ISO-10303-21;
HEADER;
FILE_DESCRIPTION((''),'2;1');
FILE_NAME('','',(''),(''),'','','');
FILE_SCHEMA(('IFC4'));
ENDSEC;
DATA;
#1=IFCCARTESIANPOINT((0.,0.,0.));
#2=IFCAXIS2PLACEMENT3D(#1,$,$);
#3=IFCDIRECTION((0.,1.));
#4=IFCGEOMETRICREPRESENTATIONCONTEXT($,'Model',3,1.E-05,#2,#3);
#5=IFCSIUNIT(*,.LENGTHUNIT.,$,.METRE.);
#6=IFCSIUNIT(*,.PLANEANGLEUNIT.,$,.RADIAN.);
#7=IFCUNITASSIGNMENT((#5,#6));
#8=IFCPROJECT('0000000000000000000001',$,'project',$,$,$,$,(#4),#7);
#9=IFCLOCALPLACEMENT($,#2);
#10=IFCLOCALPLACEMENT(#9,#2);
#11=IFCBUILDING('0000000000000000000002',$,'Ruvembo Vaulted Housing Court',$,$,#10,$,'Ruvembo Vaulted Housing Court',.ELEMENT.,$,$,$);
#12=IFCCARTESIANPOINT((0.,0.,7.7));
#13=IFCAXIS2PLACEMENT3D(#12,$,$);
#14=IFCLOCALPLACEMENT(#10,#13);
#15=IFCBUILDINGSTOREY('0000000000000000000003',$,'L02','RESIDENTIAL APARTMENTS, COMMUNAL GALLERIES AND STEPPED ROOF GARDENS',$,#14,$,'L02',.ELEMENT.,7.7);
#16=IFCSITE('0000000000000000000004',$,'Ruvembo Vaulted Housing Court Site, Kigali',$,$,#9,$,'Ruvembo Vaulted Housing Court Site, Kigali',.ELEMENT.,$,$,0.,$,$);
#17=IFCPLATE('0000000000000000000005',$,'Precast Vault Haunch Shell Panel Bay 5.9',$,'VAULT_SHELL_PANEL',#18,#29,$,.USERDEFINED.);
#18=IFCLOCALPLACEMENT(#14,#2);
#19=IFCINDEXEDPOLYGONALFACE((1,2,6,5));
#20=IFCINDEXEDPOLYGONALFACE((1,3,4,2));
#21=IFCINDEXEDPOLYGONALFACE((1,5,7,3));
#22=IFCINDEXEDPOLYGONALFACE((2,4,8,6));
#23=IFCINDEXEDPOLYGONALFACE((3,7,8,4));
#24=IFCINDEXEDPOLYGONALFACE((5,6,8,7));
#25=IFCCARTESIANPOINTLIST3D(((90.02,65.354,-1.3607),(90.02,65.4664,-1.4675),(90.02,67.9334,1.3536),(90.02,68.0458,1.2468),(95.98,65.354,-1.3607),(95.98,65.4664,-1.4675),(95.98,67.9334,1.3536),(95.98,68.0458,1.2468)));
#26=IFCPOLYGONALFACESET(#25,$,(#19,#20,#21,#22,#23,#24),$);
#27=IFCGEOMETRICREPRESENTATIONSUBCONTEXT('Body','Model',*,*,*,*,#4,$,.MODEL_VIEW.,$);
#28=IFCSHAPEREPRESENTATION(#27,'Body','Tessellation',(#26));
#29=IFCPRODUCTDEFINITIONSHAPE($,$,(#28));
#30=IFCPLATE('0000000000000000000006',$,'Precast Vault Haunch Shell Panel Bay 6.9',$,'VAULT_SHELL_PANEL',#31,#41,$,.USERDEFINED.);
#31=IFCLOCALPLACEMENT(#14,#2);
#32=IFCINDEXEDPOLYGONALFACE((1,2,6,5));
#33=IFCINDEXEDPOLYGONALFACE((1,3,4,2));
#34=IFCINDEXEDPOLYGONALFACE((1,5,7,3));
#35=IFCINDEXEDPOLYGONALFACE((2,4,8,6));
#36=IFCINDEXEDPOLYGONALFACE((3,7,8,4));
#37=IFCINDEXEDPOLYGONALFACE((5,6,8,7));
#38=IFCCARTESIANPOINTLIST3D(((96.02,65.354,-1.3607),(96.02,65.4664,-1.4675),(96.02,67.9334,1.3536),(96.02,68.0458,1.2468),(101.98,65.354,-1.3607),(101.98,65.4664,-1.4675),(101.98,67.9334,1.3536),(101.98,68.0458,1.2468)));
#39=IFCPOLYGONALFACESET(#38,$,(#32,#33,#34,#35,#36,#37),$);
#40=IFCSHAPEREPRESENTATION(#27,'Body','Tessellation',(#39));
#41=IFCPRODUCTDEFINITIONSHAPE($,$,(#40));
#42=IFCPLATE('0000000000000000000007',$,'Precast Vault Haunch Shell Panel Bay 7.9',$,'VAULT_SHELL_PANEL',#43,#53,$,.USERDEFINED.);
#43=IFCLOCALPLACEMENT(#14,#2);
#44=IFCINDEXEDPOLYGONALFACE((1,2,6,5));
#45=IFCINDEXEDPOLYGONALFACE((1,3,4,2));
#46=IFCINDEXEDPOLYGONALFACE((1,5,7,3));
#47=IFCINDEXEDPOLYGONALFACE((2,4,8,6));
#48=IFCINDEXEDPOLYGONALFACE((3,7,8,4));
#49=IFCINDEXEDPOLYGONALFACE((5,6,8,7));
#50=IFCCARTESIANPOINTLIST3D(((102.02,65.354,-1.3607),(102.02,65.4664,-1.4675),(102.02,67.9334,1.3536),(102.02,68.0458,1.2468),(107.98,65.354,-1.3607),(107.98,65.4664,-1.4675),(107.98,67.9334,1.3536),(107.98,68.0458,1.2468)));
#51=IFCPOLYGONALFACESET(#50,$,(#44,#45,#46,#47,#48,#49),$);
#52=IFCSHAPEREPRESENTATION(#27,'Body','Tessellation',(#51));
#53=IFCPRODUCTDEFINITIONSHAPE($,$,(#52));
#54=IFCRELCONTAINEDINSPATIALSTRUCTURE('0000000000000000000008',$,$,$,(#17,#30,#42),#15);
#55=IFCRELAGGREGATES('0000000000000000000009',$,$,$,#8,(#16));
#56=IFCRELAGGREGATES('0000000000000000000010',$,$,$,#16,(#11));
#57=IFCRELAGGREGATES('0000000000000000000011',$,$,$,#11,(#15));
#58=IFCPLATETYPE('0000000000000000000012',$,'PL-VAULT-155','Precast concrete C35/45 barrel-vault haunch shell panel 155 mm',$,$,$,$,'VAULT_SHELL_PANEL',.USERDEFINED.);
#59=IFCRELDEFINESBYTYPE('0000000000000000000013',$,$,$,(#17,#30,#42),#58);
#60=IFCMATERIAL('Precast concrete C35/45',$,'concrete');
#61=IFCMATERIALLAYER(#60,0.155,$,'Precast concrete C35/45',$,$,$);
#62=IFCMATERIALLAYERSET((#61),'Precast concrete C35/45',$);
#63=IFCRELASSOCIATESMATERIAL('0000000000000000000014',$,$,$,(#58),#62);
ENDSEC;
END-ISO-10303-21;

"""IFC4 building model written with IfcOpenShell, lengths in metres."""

from ifc_helpers import new_model, si_unit, direction, frame, origin, origin_2d, place, context, subcontext, project, spatial, rectangle, extrude, material, layer, layer_set, type_object, element, save


model = new_model("IFC4")

# Units and contexts
model_context = context("Model", 3, precision=1e-05, world=origin(), true_north=direction((0.0, 1.0)))
body_context = subcontext(model_context, "Body", "Model", "MODEL_VIEW")
ifc_project = project(units=[si_unit("LENGTHUNIT", "METRE"), si_unit("PLANEANGLEUNIT", "RADIAN")], contexts=[model_context])

# Site, building, storey
site_placement = place(None, origin())
site = spatial("IfcSite", under=ifc_project, at=site_placement, Name="Ruvembo Vaulted Housing Court Site, Kigali", LongName="Ruvembo Vaulted Housing Court Site, Kigali", CompositionType="ELEMENT", RefElevation=0.0)
building_placement = place(site_placement, origin())
building = spatial("IfcBuilding", under=site, at=building_placement, Name="Ruvembo Vaulted Housing Court", LongName="Ruvembo Vaulted Housing Court", CompositionType="ELEMENT")
storey_placement = place(building_placement, frame((0.0, 0.0, 7.7)))
storey = spatial("IfcBuildingStorey", under=building, at=storey_placement, Name="L02", Description="RESIDENTIAL APARTMENTS, COMMUNAL GALLERIES AND STEPPED ROOF GARDENS", LongName="L02", CompositionType="ELEMENT", Elevation=7.7)

# Plates
ifc_material_1 = material(Name="Precast concrete C35/45", Category="concrete")
ifc_layer_1 = layer(ifc_material_1, 0.155, Name="Precast concrete C35/45")
ifc_layer_set_1 = layer_set([ifc_layer_1], Name="Precast concrete C35/45")
plate_type_1 = type_object("IfcPlateType", Name="PL-VAULT-155", Description="Precast concrete C35/45 barrel-vault haunch shell panel 155 mm", ElementType="VAULT_SHELL_PANEL", PredefinedType="USERDEFINED", material=ifc_layer_set_1)
for number, where, z_axis, x_axis, name in (
    (1, (93.0, 66.7561, -0.1104), (0.0, -0.724894, 0.688861), (1.0, 0.0, 0.0), "Precast Vault Haunch Shell Panel Bay 5.9"),
    (2, (99.0, 66.7561, -0.1104), (0.0, -0.724894, 0.688861), (1.0, 0.0, 0.0), "Precast Vault Haunch Shell Panel Bay 6.9"),
    (3, (105.0, 66.7561, -0.1104), (0.0, -0.724894, 0.688861), (1.0, 0.0, 0.0), "Precast Vault Haunch Shell Panel Bay 7.9"),
):
    element("IfcPlate", number, at=place(storey_placement, frame(where, z_axis=z_axis, x_axis=x_axis)), inside=storey, type_object=plate_type_1, Name=name, ObjectType="VAULT_SHELL_PANEL", PredefinedType="USERDEFINED", context=body_context, shape_type="SweptSolid", body=[
        extrude(rectangle(XDim=5.96, YDim=3.7444, at=origin_2d()), origin(), (0.0, 0.0, 1.0), 0.155),
    ])

save(model, "model.ifc")
